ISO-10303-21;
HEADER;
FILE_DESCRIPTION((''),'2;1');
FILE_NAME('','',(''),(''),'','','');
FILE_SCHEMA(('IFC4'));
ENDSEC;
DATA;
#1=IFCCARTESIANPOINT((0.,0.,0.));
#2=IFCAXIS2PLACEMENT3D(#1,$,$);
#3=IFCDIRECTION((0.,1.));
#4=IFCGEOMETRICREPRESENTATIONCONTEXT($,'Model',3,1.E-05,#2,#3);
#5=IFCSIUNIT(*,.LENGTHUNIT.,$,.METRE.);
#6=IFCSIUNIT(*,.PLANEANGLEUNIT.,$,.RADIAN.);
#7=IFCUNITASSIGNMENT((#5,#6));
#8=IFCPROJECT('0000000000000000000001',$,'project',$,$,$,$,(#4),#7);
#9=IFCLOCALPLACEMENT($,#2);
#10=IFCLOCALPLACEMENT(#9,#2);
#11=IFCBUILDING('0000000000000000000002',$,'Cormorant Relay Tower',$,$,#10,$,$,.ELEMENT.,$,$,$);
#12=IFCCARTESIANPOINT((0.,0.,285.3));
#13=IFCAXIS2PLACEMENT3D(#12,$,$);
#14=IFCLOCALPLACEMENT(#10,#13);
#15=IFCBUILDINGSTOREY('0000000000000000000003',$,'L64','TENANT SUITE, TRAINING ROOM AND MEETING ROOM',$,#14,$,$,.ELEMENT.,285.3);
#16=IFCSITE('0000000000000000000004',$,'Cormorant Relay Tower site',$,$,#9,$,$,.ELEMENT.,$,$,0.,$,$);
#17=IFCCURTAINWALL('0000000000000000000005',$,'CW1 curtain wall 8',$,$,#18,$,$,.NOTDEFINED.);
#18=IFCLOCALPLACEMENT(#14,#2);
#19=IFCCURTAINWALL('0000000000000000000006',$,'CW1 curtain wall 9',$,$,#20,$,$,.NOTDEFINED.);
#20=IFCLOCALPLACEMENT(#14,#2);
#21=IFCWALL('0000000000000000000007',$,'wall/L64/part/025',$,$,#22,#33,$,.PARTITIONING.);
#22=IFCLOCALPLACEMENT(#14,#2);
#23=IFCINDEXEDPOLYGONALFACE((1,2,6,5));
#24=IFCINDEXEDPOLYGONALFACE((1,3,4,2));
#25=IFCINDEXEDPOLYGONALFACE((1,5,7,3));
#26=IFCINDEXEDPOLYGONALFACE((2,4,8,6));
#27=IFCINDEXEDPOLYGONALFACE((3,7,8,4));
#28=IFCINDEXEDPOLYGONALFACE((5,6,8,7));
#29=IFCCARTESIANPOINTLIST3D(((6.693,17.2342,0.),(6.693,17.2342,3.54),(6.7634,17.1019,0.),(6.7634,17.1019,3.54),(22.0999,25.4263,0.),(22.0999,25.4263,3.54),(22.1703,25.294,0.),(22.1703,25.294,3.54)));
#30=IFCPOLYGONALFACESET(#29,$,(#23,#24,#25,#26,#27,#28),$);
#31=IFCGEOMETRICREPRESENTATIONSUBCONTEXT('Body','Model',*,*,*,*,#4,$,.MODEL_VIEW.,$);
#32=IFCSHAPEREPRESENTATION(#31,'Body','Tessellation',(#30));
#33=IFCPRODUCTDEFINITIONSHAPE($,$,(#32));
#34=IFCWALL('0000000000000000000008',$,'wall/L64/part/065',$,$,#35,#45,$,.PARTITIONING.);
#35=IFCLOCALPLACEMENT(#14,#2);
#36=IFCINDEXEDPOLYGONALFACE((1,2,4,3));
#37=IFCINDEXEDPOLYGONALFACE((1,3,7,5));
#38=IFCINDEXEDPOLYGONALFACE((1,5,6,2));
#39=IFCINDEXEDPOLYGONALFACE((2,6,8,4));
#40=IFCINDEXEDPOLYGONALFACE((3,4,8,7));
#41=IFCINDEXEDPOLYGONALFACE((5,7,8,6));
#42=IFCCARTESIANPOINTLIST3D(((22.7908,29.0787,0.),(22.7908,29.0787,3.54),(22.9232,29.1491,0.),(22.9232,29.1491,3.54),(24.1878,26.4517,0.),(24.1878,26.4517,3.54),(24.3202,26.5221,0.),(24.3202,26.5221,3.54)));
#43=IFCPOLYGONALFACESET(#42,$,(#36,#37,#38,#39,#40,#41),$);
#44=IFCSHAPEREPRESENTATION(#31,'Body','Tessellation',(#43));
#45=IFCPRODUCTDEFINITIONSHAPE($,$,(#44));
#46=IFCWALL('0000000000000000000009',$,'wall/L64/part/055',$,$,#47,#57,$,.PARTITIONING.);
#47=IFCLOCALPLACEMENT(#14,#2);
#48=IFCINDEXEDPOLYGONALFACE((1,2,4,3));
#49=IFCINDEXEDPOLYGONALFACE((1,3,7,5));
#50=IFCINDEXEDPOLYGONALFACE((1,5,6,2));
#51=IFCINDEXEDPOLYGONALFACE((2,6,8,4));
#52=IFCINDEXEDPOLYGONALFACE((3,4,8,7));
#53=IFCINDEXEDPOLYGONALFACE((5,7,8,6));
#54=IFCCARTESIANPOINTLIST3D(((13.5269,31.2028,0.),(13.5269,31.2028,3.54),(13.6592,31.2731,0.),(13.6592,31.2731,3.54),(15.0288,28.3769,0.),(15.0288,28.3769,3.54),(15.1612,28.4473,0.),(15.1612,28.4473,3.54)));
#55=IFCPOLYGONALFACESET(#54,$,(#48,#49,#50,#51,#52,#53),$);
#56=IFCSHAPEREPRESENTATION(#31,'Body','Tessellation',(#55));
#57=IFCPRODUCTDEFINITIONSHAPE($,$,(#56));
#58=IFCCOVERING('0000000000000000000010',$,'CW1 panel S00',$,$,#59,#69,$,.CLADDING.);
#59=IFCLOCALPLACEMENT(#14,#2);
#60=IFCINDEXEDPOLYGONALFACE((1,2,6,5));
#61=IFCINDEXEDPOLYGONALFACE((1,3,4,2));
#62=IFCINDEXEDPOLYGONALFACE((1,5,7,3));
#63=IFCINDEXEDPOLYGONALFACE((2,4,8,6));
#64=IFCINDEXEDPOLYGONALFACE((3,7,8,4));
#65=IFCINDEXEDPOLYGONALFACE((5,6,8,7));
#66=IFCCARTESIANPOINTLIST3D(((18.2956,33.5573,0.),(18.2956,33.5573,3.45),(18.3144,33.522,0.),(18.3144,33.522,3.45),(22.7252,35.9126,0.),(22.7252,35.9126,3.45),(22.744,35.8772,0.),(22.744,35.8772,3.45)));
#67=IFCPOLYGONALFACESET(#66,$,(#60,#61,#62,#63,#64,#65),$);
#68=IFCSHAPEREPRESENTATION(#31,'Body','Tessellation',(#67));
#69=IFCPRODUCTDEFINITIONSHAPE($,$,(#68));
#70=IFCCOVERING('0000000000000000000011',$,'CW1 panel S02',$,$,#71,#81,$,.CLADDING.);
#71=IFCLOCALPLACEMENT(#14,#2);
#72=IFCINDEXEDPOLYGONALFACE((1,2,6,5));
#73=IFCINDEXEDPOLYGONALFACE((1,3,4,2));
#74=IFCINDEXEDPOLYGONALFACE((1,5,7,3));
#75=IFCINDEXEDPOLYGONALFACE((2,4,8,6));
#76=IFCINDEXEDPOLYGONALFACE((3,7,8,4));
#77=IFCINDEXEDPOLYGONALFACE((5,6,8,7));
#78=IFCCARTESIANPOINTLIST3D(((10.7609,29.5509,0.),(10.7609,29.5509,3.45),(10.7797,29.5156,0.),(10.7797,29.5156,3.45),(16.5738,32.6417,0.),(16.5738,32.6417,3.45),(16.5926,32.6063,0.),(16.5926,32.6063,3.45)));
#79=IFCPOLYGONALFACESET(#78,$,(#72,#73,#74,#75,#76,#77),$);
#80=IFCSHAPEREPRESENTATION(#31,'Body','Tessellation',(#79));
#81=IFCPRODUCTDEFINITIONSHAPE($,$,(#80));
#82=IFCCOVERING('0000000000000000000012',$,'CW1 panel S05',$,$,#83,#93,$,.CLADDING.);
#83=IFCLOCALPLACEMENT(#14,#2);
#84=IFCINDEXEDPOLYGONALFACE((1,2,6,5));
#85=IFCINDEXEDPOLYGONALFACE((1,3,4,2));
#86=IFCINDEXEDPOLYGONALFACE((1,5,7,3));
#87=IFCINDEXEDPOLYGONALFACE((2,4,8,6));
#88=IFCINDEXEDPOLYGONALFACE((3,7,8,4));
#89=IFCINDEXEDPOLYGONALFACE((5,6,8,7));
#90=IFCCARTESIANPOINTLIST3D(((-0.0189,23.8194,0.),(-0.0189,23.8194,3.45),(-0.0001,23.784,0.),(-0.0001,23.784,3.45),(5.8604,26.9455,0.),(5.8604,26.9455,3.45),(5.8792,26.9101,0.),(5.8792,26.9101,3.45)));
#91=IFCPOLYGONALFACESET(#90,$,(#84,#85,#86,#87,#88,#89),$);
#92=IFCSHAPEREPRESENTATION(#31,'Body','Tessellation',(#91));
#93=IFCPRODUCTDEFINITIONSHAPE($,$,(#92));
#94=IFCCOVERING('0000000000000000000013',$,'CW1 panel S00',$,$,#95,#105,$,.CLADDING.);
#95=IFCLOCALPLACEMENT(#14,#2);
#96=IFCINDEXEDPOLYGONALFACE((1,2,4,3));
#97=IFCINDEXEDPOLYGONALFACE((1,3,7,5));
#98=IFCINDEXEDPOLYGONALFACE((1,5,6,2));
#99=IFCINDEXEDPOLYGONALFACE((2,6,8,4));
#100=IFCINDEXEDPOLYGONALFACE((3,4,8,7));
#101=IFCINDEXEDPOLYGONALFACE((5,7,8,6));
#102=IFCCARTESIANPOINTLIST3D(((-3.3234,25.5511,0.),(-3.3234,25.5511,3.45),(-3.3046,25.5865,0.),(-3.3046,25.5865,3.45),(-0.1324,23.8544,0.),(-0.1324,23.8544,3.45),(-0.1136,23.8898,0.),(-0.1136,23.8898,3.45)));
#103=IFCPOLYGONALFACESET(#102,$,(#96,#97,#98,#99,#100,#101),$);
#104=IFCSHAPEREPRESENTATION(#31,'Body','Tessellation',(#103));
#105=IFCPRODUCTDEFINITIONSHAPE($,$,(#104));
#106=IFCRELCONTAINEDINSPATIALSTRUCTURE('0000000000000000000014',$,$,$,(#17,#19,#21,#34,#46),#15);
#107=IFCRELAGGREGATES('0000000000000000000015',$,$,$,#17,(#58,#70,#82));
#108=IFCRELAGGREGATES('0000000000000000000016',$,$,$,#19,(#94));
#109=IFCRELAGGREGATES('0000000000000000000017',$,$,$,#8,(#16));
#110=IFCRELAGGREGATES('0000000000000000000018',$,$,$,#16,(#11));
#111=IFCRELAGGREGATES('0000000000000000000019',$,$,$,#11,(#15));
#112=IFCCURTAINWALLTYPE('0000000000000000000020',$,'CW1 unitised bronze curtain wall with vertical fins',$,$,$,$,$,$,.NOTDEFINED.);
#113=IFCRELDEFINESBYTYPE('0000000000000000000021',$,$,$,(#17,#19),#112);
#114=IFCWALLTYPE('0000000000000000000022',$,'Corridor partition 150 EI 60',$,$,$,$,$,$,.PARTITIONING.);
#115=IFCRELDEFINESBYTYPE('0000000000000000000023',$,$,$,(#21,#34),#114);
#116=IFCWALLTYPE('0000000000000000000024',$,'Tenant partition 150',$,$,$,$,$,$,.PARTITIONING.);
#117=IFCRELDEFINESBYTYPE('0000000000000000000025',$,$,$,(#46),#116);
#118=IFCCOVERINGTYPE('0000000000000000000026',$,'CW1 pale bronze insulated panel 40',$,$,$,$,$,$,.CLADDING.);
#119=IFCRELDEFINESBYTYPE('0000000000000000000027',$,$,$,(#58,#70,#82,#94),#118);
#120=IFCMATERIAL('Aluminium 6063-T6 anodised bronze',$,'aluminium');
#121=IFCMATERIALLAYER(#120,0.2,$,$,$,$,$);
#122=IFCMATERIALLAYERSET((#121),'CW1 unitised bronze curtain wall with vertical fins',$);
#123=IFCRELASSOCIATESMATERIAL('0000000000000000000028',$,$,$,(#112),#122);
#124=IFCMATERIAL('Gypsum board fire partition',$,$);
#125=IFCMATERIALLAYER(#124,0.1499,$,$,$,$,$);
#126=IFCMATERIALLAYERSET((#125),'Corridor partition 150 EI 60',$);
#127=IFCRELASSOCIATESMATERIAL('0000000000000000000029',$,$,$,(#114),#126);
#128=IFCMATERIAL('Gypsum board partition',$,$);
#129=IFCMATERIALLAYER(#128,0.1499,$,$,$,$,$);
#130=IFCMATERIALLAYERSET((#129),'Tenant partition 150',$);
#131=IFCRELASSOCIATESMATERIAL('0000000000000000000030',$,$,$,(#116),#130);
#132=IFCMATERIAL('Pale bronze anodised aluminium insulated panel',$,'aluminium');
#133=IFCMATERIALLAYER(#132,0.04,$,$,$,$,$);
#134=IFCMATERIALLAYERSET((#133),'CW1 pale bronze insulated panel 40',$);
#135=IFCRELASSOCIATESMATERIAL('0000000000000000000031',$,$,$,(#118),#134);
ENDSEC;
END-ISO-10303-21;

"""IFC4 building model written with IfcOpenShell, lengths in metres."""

from ifc_helpers import new_model, si_unit, direction, frame, frame_2d, origin, origin_2d, place, context, subcontext, project, spatial, rectangle, extrude, material, layer, layer_set, type_object, element, aggregate, save


model = new_model("IFC4")

# Units and contexts
model_context = context("Model", 3, precision=1e-05, world=origin(), true_north=direction((0.0, 1.0)))
body_context = subcontext(model_context, "Body", "Model", "MODEL_VIEW")
ifc_project = project(units=[si_unit("LENGTHUNIT", "METRE"), si_unit("PLANEANGLEUNIT", "RADIAN")], contexts=[model_context])

# Site, building, storey
site_placement = place(None, origin())
site = spatial("IfcSite", under=ifc_project, at=site_placement, Name="Cormorant Relay Tower site", CompositionType="ELEMENT", RefElevation=0.0)
building_placement = place(site_placement, origin())
building = spatial("IfcBuilding", under=site, at=building_placement, Name="Cormorant Relay Tower", CompositionType="ELEMENT")
storey_placement = place(building_placement, frame((0.0, 0.0, 285.3)))
storey = spatial("IfcBuildingStorey", under=building, at=storey_placement, Name="L64", Description="TENANT SUITE, TRAINING ROOM AND MEETING ROOM", CompositionType="ELEMENT", Elevation=285.3)

# Curtain walls
ifc_material_1 = material(Name="Aluminium 6063-T6 anodised bronze", Category="aluminium")
ifc_layer_1 = layer(ifc_material_1, 0.2)
ifc_layer_set_1 = layer_set([ifc_layer_1], Name="CW1 unitised bronze curtain wall with vertical fins")
curtain_wall_type = type_object("IfcCurtainWallType", Name="CW1 unitised bronze curtain wall with vertical fins", PredefinedType="NOTDEFINED", material=ifc_layer_set_1)
curtain_wall_1_placement = place(storey_placement, origin())
curtain_wall_1 = element("IfcCurtainWall", 1, at=curtain_wall_1_placement, inside=storey, type_object=curtain_wall_type, Name="CW1 curtain wall 8", PredefinedType="NOTDEFINED")
curtain_wall_2_placement = place(storey_placement, origin())
curtain_wall_2 = element("IfcCurtainWall", 2, at=curtain_wall_2_placement, inside=storey, type_object=curtain_wall_type, Name="CW1 curtain wall 9", PredefinedType="NOTDEFINED")

# Walls
ifc_material_2 = material(Name="Gypsum board fire partition")
ifc_layer_2 = layer(ifc_material_2, 0.1499)
ifc_layer_set_2 = layer_set([ifc_layer_2], Name="Corridor partition 150 EI 60")
wall_type_1 = type_object("IfcWallType", Name="Corridor partition 150 EI 60", PredefinedType="PARTITIONING", material=ifc_layer_set_2)
wall_1_placement = place(storey_placement, frame((22.135, 25.3601, 0.0), z_axis=(0.0, 0.0, 1.0), x_axis=(-0.882945, -0.469476, 0.0)))
element("IfcWall", 3, at=wall_1_placement, inside=storey, type_object=wall_type_1, Name="wall/L64/part/025", PredefinedType="PARTITIONING", context=body_context, shape_type="SweptSolid", body=[
    extrude(rectangle(XDim=17.4495, YDim=0.1499, at=frame_2d((8.7246, 0.0))), origin(), (0.0, 0.0, 1.0), 3.54),
])
wall_2_placement = place(storey_placement, frame((22.8569, 29.114, 0.0), z_axis=(0.0, 0.0, 1.0), x_axis=(0.469523, -0.88292, 0.0)))
element("IfcWall", 4, at=wall_2_placement, inside=storey, type_object=wall_type_1, Name="wall/L64/part/065", PredefinedType="PARTITIONING", context=body_context, shape_type="SweptSolid", body=[
    extrude(rectangle(XDim=2.9753, YDim=0.1499, at=frame_2d((1.4878, 0.0))), origin(), (0.0, 0.0, 1.0), 3.54),
])
ifc_material_3 = material(Name="Gypsum board partition")
ifc_layer_3 = layer(ifc_material_3, 0.1499)
ifc_layer_set_3 = layer_set([ifc_layer_3], Name="Tenant partition 150")
wall_type_2 = type_object("IfcWallType", Name="Tenant partition 150", PredefinedType="PARTITIONING", material=ifc_layer_set_3)
wall_3_placement = place(storey_placement, frame((15.095, 28.4121, 0.0), z_axis=(0.0, 0.0, 1.0), x_axis=(-0.469321, 0.883028, 0.0)))
element("IfcWall", 5, at=wall_3_placement, inside=storey, type_object=wall_type_2, Name="wall/L64/part/055", PredefinedType="PARTITIONING", context=body_context, shape_type="SweptSolid", body=[
    extrude(rectangle(XDim=3.2002, YDim=0.1499, at=frame_2d((1.6001, 0.0))), origin(), (0.0, 0.0, 1.0), 3.54),
])

# Coverings
ifc_material_4 = material(Name="Pale bronze anodised aluminium insulated panel", Category="aluminium")
ifc_layer_4 = layer(ifc_material_4, 0.04)
ifc_layer_set_4 = layer_set([ifc_layer_4], Name="CW1 pale bronze insulated panel 40")
covering_type = type_object("IfcCoveringType", Name="CW1 pale bronze insulated panel 40", PredefinedType="CLADDING", material=ifc_layer_set_4)
covering_1_placement = place(storey_placement, frame((20.5198, 34.7173, 0.0), z_axis=(0.0, 0.0, 1.0), x_axis=(-0.882948, -0.469472, 0.0)))
covering_1 = element("IfcCovering", 6, at=covering_1_placement, type_object=covering_type, Name="CW1 panel S00", PredefinedType="CLADDING", context=body_context, shape_type="SweptSolid", body=[
    extrude(rectangle(XDim=5.0168, YDim=0.04, at=origin_2d()), origin(), (0.0, 0.0, 1.0), 3.45),
])
covering_2_placement = place(storey_placement, frame((13.6768, 31.0786, 0.0), z_axis=(0.0, 0.0, 1.0), x_axis=(-0.882948, -0.469472, 0.0)))
covering_2 = element("IfcCovering", 7, at=covering_2_placement, type_object=covering_type, Name="CW1 panel S02", PredefinedType="CLADDING", context=body_context, shape_type="SweptSolid", body=[
    extrude(rectangle(XDim=6.5835, YDim=0.04, at=origin_2d()), origin(), (0.0, 0.0, 1.0), 3.45),
])
covering_3_placement = place(storey_placement, frame((2.9302, 25.3647, 0.0), z_axis=(0.0, 0.0, 1.0), x_axis=(-0.882948, -0.469472, 0.0)))
covering_3 = element("IfcCovering", 8, at=covering_3_placement, type_object=covering_type, Name="CW1 panel S05", PredefinedType="CLADDING", context=body_context, shape_type="SweptSolid", body=[
    extrude(rectangle(XDim=6.6587, YDim=0.04, at=origin_2d()), origin(), (0.0, 0.0, 1.0), 3.45),
])
aggregate(curtain_wall_1, [covering_1, covering_2, covering_3])
covering_4_placement = place(storey_placement, frame((-1.7185, 24.7205, 0.0), z_axis=(0.0, 0.0, 1.0), x_axis=(-0.882948, 0.469472, 0.0)))
covering_4 = element("IfcCovering", 9, at=covering_4_placement, type_object=covering_type, Name="CW1 panel S00", PredefinedType="CLADDING", context=body_context, shape_type="SweptSolid", body=[
    extrude(rectangle(XDim=3.614, YDim=0.04, at=origin_2d()), origin(), (0.0, 0.0, 1.0), 3.45),
])
aggregate(curtain_wall_2, [covering_4])

save(model, "model.ifc")
